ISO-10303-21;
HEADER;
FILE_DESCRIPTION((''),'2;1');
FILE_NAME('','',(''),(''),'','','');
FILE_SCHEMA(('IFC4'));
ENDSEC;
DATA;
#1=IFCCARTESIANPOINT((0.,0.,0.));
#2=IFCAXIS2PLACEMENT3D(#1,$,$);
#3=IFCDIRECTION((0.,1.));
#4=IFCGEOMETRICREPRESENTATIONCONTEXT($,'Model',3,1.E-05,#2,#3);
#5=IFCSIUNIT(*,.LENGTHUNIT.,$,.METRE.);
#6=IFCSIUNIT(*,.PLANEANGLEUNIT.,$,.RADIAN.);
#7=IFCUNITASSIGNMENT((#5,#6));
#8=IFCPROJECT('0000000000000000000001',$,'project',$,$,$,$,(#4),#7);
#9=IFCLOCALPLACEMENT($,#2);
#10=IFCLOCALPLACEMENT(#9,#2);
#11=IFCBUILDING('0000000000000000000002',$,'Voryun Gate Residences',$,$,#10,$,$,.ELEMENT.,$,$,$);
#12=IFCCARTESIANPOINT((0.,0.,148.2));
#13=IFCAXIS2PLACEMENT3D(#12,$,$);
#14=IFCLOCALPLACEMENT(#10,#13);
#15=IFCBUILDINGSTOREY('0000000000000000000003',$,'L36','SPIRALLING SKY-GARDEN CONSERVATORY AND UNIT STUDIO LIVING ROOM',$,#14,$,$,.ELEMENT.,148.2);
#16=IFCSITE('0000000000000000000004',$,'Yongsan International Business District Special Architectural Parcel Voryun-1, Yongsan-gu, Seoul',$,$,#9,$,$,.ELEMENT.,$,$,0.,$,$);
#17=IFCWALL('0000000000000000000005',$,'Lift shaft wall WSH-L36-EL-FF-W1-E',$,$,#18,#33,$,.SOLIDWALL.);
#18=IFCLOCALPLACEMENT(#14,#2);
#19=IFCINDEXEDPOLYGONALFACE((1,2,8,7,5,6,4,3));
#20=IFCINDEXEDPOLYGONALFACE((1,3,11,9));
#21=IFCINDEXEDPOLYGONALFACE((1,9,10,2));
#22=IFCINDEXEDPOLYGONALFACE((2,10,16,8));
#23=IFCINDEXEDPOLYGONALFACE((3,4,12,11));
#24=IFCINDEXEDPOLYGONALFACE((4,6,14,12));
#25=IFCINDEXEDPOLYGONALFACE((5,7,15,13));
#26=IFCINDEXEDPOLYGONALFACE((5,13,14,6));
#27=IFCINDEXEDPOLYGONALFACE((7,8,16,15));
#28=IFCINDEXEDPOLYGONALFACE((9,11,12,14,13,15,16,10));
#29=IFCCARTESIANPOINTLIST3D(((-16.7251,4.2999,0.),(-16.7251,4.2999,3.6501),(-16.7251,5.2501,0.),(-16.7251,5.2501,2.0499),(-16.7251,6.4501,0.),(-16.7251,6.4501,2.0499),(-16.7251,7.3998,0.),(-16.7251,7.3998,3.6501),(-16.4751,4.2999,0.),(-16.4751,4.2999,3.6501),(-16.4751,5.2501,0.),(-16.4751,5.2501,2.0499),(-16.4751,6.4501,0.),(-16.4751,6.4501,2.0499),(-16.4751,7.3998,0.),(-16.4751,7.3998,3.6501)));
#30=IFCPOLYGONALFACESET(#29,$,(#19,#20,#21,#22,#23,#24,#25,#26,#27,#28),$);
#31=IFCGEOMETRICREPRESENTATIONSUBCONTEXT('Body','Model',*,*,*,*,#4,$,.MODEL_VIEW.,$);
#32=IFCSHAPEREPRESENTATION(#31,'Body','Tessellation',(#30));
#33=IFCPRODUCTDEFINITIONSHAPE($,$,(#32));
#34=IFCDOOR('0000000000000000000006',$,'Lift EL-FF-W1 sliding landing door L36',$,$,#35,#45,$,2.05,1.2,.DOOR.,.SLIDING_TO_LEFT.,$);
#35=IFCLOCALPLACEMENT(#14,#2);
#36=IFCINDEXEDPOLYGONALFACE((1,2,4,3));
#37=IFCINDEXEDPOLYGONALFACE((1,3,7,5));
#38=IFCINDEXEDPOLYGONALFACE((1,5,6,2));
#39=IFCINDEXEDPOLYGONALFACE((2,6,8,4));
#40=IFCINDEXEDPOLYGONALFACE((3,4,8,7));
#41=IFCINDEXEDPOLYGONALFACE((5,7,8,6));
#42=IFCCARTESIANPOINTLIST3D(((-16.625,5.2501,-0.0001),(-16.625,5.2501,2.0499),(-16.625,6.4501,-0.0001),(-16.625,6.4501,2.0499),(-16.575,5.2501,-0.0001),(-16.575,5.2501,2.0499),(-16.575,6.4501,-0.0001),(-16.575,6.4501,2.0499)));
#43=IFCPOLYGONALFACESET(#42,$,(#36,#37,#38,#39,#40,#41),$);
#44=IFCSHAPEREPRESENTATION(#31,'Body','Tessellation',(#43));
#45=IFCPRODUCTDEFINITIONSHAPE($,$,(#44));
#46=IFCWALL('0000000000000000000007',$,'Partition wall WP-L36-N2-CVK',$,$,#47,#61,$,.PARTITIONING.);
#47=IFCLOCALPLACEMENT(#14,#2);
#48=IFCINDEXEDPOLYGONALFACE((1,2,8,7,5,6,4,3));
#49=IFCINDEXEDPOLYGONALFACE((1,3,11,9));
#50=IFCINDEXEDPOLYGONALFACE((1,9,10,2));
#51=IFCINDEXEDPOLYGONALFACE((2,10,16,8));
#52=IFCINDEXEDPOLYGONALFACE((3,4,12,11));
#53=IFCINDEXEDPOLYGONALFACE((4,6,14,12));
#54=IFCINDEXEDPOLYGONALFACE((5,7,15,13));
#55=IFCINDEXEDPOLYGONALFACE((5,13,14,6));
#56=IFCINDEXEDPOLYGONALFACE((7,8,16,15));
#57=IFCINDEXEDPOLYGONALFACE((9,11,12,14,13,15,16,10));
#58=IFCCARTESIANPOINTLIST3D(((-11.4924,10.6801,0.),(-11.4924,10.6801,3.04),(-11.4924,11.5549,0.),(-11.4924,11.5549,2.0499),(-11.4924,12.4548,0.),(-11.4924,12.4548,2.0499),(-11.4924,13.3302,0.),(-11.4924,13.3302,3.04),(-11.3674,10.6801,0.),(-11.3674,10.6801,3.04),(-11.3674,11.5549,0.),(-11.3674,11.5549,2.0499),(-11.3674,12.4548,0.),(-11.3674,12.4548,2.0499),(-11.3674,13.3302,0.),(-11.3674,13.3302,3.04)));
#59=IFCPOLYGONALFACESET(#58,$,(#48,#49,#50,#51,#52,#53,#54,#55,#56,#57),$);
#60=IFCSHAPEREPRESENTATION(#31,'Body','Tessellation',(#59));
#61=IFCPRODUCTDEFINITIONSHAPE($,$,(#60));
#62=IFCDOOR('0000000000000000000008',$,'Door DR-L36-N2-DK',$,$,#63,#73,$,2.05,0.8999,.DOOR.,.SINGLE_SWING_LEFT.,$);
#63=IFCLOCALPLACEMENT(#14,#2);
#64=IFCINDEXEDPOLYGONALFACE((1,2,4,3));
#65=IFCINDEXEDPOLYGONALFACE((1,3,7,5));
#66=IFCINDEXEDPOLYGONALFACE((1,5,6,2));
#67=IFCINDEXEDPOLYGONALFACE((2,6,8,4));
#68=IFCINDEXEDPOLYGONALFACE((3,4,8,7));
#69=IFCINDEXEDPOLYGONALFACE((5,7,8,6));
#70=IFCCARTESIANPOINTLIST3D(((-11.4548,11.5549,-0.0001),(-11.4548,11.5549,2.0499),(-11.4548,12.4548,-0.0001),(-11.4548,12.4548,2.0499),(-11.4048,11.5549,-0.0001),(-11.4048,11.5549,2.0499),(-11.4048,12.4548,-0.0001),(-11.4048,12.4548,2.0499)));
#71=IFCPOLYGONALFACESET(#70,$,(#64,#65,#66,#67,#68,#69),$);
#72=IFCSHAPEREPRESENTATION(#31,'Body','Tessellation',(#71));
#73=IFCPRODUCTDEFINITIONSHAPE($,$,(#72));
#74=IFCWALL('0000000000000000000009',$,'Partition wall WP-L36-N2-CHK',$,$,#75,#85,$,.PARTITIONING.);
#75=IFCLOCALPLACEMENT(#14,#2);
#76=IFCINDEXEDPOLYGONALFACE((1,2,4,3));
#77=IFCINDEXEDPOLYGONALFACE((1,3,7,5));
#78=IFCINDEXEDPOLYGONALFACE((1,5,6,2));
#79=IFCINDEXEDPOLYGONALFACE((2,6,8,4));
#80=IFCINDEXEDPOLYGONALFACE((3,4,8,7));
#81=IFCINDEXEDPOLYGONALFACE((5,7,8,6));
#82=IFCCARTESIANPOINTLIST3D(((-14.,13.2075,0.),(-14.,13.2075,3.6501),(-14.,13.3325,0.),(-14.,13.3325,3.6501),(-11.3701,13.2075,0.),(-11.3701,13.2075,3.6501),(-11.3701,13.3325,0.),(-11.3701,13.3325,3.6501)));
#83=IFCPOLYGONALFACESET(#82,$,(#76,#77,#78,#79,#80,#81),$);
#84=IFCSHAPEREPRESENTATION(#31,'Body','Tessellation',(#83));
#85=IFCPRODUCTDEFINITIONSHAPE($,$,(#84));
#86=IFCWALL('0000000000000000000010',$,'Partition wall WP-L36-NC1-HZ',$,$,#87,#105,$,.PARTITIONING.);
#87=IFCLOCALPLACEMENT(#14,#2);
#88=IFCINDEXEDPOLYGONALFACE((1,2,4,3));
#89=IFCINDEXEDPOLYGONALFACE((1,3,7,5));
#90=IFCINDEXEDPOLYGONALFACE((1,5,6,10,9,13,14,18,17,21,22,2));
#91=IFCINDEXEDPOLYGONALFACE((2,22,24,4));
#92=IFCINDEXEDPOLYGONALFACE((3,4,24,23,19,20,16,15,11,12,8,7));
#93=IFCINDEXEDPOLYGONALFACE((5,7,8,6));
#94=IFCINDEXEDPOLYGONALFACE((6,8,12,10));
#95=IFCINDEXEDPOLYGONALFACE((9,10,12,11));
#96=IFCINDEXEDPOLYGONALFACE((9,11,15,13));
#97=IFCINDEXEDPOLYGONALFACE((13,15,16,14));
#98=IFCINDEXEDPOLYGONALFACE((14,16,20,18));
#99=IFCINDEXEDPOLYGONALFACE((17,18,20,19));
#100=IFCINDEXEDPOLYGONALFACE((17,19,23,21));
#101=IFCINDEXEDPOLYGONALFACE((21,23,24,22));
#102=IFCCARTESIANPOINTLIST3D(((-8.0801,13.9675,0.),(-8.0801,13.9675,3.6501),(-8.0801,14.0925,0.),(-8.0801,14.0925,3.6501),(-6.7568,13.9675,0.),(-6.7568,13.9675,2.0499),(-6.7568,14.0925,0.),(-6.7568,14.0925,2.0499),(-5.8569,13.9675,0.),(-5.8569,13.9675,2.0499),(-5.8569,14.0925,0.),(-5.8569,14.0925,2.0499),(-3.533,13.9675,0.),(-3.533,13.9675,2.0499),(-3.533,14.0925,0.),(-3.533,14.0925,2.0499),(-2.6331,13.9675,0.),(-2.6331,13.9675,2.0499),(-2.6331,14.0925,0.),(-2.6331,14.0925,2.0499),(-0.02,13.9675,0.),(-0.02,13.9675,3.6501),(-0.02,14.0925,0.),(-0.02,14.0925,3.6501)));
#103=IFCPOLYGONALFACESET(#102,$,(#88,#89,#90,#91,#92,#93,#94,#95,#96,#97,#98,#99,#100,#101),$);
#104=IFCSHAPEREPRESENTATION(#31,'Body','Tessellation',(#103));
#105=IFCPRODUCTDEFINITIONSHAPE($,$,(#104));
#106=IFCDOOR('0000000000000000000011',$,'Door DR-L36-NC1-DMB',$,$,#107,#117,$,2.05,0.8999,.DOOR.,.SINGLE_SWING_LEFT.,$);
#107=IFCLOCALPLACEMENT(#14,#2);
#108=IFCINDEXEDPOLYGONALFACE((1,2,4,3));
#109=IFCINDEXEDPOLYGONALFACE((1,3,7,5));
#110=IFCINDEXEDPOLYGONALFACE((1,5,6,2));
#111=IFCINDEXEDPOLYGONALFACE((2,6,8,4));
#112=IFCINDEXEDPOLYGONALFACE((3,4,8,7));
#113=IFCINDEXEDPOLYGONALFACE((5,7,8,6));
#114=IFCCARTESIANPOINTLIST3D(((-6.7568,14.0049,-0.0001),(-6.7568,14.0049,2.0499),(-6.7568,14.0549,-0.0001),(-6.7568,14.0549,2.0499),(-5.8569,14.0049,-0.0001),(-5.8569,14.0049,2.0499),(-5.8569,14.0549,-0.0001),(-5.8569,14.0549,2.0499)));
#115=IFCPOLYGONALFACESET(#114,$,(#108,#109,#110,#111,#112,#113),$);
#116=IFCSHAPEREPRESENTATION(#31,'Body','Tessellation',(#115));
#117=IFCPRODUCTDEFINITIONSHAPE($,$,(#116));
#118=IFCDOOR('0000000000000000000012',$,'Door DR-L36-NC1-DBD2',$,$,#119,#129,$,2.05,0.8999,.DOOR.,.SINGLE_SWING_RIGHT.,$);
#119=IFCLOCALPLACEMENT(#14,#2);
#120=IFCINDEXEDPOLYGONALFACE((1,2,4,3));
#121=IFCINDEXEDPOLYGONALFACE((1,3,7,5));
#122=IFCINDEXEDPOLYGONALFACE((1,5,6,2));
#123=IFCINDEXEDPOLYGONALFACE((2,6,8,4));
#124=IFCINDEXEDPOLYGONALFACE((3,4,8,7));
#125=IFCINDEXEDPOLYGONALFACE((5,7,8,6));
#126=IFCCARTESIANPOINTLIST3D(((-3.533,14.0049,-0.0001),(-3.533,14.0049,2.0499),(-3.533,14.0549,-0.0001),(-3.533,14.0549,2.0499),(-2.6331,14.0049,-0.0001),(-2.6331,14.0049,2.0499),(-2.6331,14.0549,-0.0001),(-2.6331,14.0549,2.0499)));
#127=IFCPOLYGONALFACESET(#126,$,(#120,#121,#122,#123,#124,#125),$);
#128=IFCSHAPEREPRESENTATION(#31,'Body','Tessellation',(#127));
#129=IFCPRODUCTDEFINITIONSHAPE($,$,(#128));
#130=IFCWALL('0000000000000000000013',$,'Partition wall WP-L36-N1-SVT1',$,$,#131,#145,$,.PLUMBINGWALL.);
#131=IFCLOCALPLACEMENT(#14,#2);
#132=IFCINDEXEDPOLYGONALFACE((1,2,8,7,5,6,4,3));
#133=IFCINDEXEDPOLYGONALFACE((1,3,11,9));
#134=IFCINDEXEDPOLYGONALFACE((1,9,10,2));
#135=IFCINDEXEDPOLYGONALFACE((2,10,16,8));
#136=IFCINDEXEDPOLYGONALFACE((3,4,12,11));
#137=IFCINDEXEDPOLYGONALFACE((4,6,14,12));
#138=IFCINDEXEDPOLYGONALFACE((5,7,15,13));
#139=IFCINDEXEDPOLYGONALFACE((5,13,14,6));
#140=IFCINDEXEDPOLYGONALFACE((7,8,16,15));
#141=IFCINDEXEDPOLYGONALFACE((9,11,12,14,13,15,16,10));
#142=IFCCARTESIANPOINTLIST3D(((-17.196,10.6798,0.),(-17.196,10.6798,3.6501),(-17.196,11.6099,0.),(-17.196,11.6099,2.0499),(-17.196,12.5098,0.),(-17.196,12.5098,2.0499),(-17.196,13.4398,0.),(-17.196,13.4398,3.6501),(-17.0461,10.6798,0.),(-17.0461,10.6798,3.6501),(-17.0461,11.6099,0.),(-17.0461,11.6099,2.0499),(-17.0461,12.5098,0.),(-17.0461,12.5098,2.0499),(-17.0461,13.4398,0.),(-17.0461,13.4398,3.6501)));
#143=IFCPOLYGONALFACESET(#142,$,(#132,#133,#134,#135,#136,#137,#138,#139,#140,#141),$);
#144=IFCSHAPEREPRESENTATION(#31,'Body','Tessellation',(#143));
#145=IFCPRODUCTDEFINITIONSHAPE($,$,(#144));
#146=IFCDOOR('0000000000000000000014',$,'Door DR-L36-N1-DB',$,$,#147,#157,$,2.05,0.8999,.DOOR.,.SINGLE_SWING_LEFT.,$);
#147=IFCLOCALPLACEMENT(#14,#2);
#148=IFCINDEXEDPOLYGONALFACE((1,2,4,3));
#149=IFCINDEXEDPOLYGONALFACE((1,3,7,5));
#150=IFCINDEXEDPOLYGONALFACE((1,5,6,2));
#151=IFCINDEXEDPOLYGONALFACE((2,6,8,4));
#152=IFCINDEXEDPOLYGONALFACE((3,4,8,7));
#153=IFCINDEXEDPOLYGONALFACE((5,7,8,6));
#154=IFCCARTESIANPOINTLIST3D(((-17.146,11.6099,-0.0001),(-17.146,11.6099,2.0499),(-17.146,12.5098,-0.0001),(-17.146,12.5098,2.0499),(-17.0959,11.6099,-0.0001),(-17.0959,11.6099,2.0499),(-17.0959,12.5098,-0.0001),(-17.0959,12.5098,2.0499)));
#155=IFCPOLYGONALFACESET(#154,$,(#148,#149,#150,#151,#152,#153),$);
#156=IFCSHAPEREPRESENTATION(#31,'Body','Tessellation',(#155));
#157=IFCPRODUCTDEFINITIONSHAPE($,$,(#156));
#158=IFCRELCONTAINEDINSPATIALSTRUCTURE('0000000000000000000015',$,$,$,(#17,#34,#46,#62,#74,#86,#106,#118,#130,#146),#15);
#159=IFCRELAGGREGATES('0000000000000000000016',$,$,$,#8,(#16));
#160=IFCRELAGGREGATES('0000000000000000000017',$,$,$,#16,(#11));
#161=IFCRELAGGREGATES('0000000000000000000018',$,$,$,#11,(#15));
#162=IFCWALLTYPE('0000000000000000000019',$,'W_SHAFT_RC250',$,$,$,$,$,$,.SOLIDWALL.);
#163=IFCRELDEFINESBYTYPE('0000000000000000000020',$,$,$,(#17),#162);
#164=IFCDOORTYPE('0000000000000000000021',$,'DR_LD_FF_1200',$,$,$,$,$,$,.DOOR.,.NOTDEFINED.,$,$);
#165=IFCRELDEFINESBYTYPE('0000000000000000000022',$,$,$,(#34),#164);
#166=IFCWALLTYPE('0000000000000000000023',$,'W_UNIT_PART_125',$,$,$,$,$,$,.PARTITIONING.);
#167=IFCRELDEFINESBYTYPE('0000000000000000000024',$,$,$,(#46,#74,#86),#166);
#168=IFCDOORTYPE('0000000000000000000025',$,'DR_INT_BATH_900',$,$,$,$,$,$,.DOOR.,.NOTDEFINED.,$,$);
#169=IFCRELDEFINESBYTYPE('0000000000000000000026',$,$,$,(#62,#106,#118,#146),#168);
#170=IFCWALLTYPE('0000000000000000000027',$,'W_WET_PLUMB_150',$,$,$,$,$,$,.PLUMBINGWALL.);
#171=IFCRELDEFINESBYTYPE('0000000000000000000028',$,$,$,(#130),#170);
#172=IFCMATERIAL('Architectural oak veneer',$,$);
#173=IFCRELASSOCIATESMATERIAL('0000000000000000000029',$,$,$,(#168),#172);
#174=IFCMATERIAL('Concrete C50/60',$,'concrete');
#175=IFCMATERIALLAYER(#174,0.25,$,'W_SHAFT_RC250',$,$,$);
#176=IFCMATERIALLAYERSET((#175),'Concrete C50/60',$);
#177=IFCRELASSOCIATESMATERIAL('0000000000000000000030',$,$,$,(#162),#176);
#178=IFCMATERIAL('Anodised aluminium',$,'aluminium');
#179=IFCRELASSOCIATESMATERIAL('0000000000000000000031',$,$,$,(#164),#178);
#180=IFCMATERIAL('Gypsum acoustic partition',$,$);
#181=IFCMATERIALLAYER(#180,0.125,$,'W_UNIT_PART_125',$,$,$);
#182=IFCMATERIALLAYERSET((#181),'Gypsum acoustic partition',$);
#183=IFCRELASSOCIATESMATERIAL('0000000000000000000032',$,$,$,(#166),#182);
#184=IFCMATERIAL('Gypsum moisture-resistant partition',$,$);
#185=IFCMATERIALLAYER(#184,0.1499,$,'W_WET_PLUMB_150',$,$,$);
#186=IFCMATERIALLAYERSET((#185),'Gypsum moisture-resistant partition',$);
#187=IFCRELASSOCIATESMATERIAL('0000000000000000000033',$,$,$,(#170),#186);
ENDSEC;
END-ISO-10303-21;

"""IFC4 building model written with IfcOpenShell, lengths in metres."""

from ifc_helpers import new_model, si_unit, direction, frame, frame_2d, origin, place, context, subcontext, project, spatial, rectangle, extrude, material, layer, layer_set, type_object, element, fill, save


model = new_model("IFC4")

# Units and contexts
model_context = context("Model", 3, precision=1e-05, world=origin(), true_north=direction((0.0, 1.0)))
body_context = subcontext(model_context, "Body", "Model", "MODEL_VIEW")
ifc_project = project(units=[si_unit("LENGTHUNIT", "METRE"), si_unit("PLANEANGLEUNIT", "RADIAN")], contexts=[model_context])

# Site, building, storey
site_placement = place(None, origin())
site = spatial("IfcSite", under=ifc_project, at=site_placement, Name="Yongsan International Business District Special Architectural Parcel Voryun-1, Yongsan-gu, Seoul", CompositionType="ELEMENT", RefElevation=0.0)
building_placement = place(site_placement, origin())
building = spatial("IfcBuilding", under=site, at=building_placement, Name="Voryun Gate Residences", CompositionType="ELEMENT")
storey_placement = place(building_placement, frame((0.0, 0.0, 148.2)))
storey = spatial("IfcBuildingStorey", under=building, at=storey_placement, Name="L36", Description="SPIRALLING SKY-GARDEN CONSERVATORY AND UNIT STUDIO LIVING ROOM", CompositionType="ELEMENT", Elevation=148.2)

# Shared definitions
ifc_material_1 = material(Name="Architectural oak veneer")
door_type_1 = type_object("IfcDoorType", Name="DR_INT_BATH_900", OperationType="NOTDEFINED", PredefinedType="DOOR", material=ifc_material_1)

# Walls, openings, doors
ifc_material_2 = material(Name="Concrete C50/60", Category="concrete")
ifc_layer_1 = layer(ifc_material_2, 0.25, Name="W_SHAFT_RC250")
ifc_layer_set_1 = layer_set([ifc_layer_1], Name="Concrete C50/60")
wall_type_1 = type_object("IfcWallType", Name="W_SHAFT_RC250", PredefinedType="SOLIDWALL", material=ifc_layer_set_1)
wall_1_placement = place(storey_placement, frame((-16.6001, 4.3, 0.0), z_axis=(0.0, 0.0, 1.0), x_axis=(0.0, 1.0, 0.0)))
wall_1 = element("IfcWall", 1, at=wall_1_placement, inside=storey, type_object=wall_type_1, Name="Lift shaft wall WSH-L36-EL-FF-W1-E", PredefinedType="SOLIDWALL", context=body_context, shape_type="SweptSolid", body=[
    extrude(rectangle(XDim=3.0999, YDim=0.25, at=frame_2d((1.5498, 0.0))), origin(), (0.0, 0.0, 1.0), 3.6501),
])
opening_1_placement = place(wall_1_placement, frame((0.95, 0.0, 0.0)))
opening_1 = element("IfcOpeningElement", 2, at=opening_1_placement, cuts=wall_1, PredefinedType="OPENING", context=body_context, shape_type="SweptSolid", body=[
    extrude(rectangle(XDim=1.2, YDim=2.05, at=frame_2d((0.6001, 1.0249))), frame((0.0, 0.135, 0.0), z_axis=(0.0, -1.0, 0.0), x_axis=(1.0, 0.0, 0.0)), (0.0, 0.0, 1.0), 0.27),
])
ifc_material_3 = material(Name="Anodised aluminium", Category="aluminium")
door_type_2 = type_object("IfcDoorType", Name="DR_LD_FF_1200", OperationType="NOTDEFINED", PredefinedType="DOOR", material=ifc_material_3)
door_1_placement = place(opening_1_placement, origin())
door_1 = element("IfcDoor", 3, at=door_1_placement, inside=storey, type_object=door_type_2, Name="Lift EL-FF-W1 sliding landing door L36", OperationType="SLIDING_TO_LEFT", OverallHeight=2.05, OverallWidth=1.2, PredefinedType="DOOR", context=body_context, shape_type="SweptSolid", body=[
    extrude(rectangle(XDim=1.2, YDim=2.05, at=frame_2d((0.6001, 1.0249))), frame((0.0, 0.0249, 0.0), z_axis=(0.0, -1.0, 0.0), x_axis=(1.0, 0.0, 0.0)), (0.0, 0.0, 1.0), 0.05),
])
fill(opening_1, door_1)
ifc_material_4 = material(Name="Gypsum acoustic partition")
ifc_layer_2 = layer(ifc_material_4, 0.125, Name="W_UNIT_PART_125")
ifc_layer_set_2 = layer_set([ifc_layer_2], Name="Gypsum acoustic partition")
wall_type_2 = type_object("IfcWallType", Name="W_UNIT_PART_125", PredefinedType="PARTITIONING", material=ifc_layer_set_2)
wall_2_placement = place(storey_placement, frame((-11.4299, 10.6799, 0.0), z_axis=(0.0, 0.0, 1.0), x_axis=(0.0, 1.0, 0.0)))
wall_2 = element("IfcWall", 4, at=wall_2_placement, inside=storey, type_object=wall_type_2, Name="Partition wall WP-L36-N2-CVK", PredefinedType="PARTITIONING", context=body_context, shape_type="SweptSolid", body=[
    extrude(rectangle(XDim=2.6501, YDim=0.125, at=frame_2d((1.3252, 0.0))), origin(), (0.0, 0.0, 1.0), 3.04),
])
opening_2_placement = place(wall_2_placement, frame((0.875, 0.0, 0.0)))
opening_2 = element("IfcOpeningElement", 5, at=opening_2_placement, cuts=wall_2, PredefinedType="OPENING", context=body_context, shape_type="SweptSolid", body=[
    extrude(rectangle(XDim=0.8999, YDim=2.05, at=frame_2d((0.45, 1.0249))), frame((0.0, 0.0725, 0.0), z_axis=(0.0, -1.0, 0.0), x_axis=(1.0, 0.0, 0.0)), (0.0, 0.0, 1.0), 0.145),
])
door_2_placement = place(opening_2_placement, origin())
door_2 = element("IfcDoor", 6, at=door_2_placement, inside=storey, type_object=door_type_1, Name="Door DR-L36-N2-DK", OperationType="SINGLE_SWING_LEFT", OverallHeight=2.05, OverallWidth=0.8999, PredefinedType="DOOR", context=body_context, shape_type="SweptSolid", body=[
    extrude(rectangle(XDim=0.8999, YDim=2.05, at=frame_2d((0.45, 1.0249))), frame((0.0, 0.0249, 0.0), z_axis=(0.0, -1.0, 0.0), x_axis=(1.0, 0.0, 0.0)), (0.0, 0.0, 1.0), 0.05),
])
fill(opening_2, door_2)

# Wall
wall_3_placement = place(storey_placement, frame((-14.0, 13.27, 0.0), z_axis=(0.0, 0.0, 1.0), x_axis=(1.0, 0.0, 0.0)))
element("IfcWall", 7, at=wall_3_placement, inside=storey, type_object=wall_type_2, Name="Partition wall WP-L36-N2-CHK", PredefinedType="PARTITIONING", context=body_context, shape_type="SweptSolid", body=[
    extrude(rectangle(XDim=2.6299, YDim=0.125, at=frame_2d((1.3149, 0.0))), origin(), (0.0, 0.0, 1.0), 3.6501),
])

# Wall, openings, doors
wall_4_placement = place(storey_placement, frame((-8.0801, 14.03, 0.0), z_axis=(0.0, 0.0, 1.0), x_axis=(1.0, 0.0, 0.0)))
wall_4 = element("IfcWall", 8, at=wall_4_placement, inside=storey, type_object=wall_type_2, Name="Partition wall WP-L36-NC1-HZ", PredefinedType="PARTITIONING", context=body_context, shape_type="SweptSolid", body=[
    extrude(rectangle(XDim=8.0601, YDim=0.125, at=frame_2d((4.03, 0.0))), origin(), (0.0, 0.0, 1.0), 3.6501),
])
opening_3_placement = place(wall_4_placement, frame((1.3232, 0.0, 0.0)))
opening_3 = element("IfcOpeningElement", 9, at=opening_3_placement, cuts=wall_4, PredefinedType="OPENING", context=body_context, shape_type="SweptSolid", body=[
    extrude(rectangle(XDim=0.8999, YDim=2.05, at=frame_2d((0.45, 1.0249))), frame((0.0, 0.0725, 0.0), z_axis=(0.0, -1.0, 0.0), x_axis=(1.0, 0.0, 0.0)), (0.0, 0.0, 1.0), 0.145),
])
opening_4_placement = place(wall_4_placement, frame((4.5471, 0.0, 0.0)))
opening_4 = element("IfcOpeningElement", 10, at=opening_4_placement, cuts=wall_4, PredefinedType="OPENING", context=body_context, shape_type="SweptSolid", body=[
    extrude(rectangle(XDim=0.8999, YDim=2.05, at=frame_2d((0.45, 1.0249))), frame((0.0, 0.0725, 0.0), z_axis=(0.0, -1.0, 0.0), x_axis=(1.0, 0.0, 0.0)), (0.0, 0.0, 1.0), 0.145),
])
door_3_placement = place(opening_3_placement, origin())
door_3 = element("IfcDoor", 11, at=door_3_placement, inside=storey, type_object=door_type_1, Name="Door DR-L36-NC1-DMB", OperationType="SINGLE_SWING_LEFT", OverallHeight=2.05, OverallWidth=0.8999, PredefinedType="DOOR", context=body_context, shape_type="SweptSolid", body=[
    extrude(rectangle(XDim=0.8999, YDim=2.05, at=frame_2d((0.45, 1.0249))), frame((0.0, 0.0249, 0.0), z_axis=(0.0, -1.0, 0.0), x_axis=(1.0, 0.0, 0.0)), (0.0, 0.0, 1.0), 0.05),
])
fill(opening_3, door_3)
door_4_placement = place(opening_4_placement, origin())
door_4 = element("IfcDoor", 12, at=door_4_placement, inside=storey, type_object=door_type_1, Name="Door DR-L36-NC1-DBD2", OperationType="SINGLE_SWING_RIGHT", OverallHeight=2.05, OverallWidth=0.8999, PredefinedType="DOOR", context=body_context, shape_type="SweptSolid", body=[
    extrude(rectangle(XDim=0.8999, YDim=2.05, at=frame_2d((0.45, 1.0249))), frame((0.0, 0.0249, 0.0), z_axis=(0.0, -1.0, 0.0), x_axis=(1.0, 0.0, 0.0)), (0.0, 0.0, 1.0), 0.05),
])
fill(opening_4, door_4)

# Wall, opening, door
ifc_material_5 = material(Name="Gypsum moisture-resistant partition")
ifc_layer_3 = layer(ifc_material_5, 0.1499, Name="W_WET_PLUMB_150")
ifc_layer_set_3 = layer_set([ifc_layer_3], Name="Gypsum moisture-resistant partition")
wall_type_3 = type_object("IfcWallType", Name="W_WET_PLUMB_150", PredefinedType="PLUMBINGWALL", material=ifc_layer_set_3)
wall_5_placement = place(storey_placement, frame((-17.1211, 10.6799, 0.0), z_axis=(0.0, 0.0, 1.0), x_axis=(0.0, 1.0, 0.0)))
wall_5 = element("IfcWall", 13, at=wall_5_placement, inside=storey, type_object=wall_type_3, Name="Partition wall WP-L36-N1-SVT1", PredefinedType="PLUMBINGWALL", context=body_context, shape_type="SweptSolid", body=[
    extrude(rectangle(XDim=2.76, YDim=0.1499, at=frame_2d((1.3799, 0.0))), origin(), (0.0, 0.0, 1.0), 3.6501),
])
opening_5_placement = place(wall_5_placement, frame((0.9299, 0.0, 0.0)))
opening_5 = element("IfcOpeningElement", 14, at=opening_5_placement, cuts=wall_5, PredefinedType="OPENING", context=body_context, shape_type="SweptSolid", body=[
    extrude(rectangle(XDim=0.8999, YDim=2.05, at=frame_2d((0.45, 1.0249))), frame((0.0, 0.085, 0.0), z_axis=(0.0, -1.0, 0.0), x_axis=(1.0, 0.0, 0.0)), (0.0, 0.0, 1.0), 0.1699),
])
door_5_placement = place(opening_5_placement, origin())
door_5 = element("IfcDoor", 15, at=door_5_placement, inside=storey, type_object=door_type_1, Name="Door DR-L36-N1-DB", OperationType="SINGLE_SWING_LEFT", OverallHeight=2.05, OverallWidth=0.8999, PredefinedType="DOOR", context=body_context, shape_type="SweptSolid", body=[
    extrude(rectangle(XDim=0.8999, YDim=2.05, at=frame_2d((0.45, 1.0249))), frame((0.0, 0.0249, 0.0), z_axis=(0.0, -1.0, 0.0), x_axis=(1.0, 0.0, 0.0)), (0.0, 0.0, 1.0), 0.05),
])
fill(opening_5, door_5)

save(model, "model.ifc")
